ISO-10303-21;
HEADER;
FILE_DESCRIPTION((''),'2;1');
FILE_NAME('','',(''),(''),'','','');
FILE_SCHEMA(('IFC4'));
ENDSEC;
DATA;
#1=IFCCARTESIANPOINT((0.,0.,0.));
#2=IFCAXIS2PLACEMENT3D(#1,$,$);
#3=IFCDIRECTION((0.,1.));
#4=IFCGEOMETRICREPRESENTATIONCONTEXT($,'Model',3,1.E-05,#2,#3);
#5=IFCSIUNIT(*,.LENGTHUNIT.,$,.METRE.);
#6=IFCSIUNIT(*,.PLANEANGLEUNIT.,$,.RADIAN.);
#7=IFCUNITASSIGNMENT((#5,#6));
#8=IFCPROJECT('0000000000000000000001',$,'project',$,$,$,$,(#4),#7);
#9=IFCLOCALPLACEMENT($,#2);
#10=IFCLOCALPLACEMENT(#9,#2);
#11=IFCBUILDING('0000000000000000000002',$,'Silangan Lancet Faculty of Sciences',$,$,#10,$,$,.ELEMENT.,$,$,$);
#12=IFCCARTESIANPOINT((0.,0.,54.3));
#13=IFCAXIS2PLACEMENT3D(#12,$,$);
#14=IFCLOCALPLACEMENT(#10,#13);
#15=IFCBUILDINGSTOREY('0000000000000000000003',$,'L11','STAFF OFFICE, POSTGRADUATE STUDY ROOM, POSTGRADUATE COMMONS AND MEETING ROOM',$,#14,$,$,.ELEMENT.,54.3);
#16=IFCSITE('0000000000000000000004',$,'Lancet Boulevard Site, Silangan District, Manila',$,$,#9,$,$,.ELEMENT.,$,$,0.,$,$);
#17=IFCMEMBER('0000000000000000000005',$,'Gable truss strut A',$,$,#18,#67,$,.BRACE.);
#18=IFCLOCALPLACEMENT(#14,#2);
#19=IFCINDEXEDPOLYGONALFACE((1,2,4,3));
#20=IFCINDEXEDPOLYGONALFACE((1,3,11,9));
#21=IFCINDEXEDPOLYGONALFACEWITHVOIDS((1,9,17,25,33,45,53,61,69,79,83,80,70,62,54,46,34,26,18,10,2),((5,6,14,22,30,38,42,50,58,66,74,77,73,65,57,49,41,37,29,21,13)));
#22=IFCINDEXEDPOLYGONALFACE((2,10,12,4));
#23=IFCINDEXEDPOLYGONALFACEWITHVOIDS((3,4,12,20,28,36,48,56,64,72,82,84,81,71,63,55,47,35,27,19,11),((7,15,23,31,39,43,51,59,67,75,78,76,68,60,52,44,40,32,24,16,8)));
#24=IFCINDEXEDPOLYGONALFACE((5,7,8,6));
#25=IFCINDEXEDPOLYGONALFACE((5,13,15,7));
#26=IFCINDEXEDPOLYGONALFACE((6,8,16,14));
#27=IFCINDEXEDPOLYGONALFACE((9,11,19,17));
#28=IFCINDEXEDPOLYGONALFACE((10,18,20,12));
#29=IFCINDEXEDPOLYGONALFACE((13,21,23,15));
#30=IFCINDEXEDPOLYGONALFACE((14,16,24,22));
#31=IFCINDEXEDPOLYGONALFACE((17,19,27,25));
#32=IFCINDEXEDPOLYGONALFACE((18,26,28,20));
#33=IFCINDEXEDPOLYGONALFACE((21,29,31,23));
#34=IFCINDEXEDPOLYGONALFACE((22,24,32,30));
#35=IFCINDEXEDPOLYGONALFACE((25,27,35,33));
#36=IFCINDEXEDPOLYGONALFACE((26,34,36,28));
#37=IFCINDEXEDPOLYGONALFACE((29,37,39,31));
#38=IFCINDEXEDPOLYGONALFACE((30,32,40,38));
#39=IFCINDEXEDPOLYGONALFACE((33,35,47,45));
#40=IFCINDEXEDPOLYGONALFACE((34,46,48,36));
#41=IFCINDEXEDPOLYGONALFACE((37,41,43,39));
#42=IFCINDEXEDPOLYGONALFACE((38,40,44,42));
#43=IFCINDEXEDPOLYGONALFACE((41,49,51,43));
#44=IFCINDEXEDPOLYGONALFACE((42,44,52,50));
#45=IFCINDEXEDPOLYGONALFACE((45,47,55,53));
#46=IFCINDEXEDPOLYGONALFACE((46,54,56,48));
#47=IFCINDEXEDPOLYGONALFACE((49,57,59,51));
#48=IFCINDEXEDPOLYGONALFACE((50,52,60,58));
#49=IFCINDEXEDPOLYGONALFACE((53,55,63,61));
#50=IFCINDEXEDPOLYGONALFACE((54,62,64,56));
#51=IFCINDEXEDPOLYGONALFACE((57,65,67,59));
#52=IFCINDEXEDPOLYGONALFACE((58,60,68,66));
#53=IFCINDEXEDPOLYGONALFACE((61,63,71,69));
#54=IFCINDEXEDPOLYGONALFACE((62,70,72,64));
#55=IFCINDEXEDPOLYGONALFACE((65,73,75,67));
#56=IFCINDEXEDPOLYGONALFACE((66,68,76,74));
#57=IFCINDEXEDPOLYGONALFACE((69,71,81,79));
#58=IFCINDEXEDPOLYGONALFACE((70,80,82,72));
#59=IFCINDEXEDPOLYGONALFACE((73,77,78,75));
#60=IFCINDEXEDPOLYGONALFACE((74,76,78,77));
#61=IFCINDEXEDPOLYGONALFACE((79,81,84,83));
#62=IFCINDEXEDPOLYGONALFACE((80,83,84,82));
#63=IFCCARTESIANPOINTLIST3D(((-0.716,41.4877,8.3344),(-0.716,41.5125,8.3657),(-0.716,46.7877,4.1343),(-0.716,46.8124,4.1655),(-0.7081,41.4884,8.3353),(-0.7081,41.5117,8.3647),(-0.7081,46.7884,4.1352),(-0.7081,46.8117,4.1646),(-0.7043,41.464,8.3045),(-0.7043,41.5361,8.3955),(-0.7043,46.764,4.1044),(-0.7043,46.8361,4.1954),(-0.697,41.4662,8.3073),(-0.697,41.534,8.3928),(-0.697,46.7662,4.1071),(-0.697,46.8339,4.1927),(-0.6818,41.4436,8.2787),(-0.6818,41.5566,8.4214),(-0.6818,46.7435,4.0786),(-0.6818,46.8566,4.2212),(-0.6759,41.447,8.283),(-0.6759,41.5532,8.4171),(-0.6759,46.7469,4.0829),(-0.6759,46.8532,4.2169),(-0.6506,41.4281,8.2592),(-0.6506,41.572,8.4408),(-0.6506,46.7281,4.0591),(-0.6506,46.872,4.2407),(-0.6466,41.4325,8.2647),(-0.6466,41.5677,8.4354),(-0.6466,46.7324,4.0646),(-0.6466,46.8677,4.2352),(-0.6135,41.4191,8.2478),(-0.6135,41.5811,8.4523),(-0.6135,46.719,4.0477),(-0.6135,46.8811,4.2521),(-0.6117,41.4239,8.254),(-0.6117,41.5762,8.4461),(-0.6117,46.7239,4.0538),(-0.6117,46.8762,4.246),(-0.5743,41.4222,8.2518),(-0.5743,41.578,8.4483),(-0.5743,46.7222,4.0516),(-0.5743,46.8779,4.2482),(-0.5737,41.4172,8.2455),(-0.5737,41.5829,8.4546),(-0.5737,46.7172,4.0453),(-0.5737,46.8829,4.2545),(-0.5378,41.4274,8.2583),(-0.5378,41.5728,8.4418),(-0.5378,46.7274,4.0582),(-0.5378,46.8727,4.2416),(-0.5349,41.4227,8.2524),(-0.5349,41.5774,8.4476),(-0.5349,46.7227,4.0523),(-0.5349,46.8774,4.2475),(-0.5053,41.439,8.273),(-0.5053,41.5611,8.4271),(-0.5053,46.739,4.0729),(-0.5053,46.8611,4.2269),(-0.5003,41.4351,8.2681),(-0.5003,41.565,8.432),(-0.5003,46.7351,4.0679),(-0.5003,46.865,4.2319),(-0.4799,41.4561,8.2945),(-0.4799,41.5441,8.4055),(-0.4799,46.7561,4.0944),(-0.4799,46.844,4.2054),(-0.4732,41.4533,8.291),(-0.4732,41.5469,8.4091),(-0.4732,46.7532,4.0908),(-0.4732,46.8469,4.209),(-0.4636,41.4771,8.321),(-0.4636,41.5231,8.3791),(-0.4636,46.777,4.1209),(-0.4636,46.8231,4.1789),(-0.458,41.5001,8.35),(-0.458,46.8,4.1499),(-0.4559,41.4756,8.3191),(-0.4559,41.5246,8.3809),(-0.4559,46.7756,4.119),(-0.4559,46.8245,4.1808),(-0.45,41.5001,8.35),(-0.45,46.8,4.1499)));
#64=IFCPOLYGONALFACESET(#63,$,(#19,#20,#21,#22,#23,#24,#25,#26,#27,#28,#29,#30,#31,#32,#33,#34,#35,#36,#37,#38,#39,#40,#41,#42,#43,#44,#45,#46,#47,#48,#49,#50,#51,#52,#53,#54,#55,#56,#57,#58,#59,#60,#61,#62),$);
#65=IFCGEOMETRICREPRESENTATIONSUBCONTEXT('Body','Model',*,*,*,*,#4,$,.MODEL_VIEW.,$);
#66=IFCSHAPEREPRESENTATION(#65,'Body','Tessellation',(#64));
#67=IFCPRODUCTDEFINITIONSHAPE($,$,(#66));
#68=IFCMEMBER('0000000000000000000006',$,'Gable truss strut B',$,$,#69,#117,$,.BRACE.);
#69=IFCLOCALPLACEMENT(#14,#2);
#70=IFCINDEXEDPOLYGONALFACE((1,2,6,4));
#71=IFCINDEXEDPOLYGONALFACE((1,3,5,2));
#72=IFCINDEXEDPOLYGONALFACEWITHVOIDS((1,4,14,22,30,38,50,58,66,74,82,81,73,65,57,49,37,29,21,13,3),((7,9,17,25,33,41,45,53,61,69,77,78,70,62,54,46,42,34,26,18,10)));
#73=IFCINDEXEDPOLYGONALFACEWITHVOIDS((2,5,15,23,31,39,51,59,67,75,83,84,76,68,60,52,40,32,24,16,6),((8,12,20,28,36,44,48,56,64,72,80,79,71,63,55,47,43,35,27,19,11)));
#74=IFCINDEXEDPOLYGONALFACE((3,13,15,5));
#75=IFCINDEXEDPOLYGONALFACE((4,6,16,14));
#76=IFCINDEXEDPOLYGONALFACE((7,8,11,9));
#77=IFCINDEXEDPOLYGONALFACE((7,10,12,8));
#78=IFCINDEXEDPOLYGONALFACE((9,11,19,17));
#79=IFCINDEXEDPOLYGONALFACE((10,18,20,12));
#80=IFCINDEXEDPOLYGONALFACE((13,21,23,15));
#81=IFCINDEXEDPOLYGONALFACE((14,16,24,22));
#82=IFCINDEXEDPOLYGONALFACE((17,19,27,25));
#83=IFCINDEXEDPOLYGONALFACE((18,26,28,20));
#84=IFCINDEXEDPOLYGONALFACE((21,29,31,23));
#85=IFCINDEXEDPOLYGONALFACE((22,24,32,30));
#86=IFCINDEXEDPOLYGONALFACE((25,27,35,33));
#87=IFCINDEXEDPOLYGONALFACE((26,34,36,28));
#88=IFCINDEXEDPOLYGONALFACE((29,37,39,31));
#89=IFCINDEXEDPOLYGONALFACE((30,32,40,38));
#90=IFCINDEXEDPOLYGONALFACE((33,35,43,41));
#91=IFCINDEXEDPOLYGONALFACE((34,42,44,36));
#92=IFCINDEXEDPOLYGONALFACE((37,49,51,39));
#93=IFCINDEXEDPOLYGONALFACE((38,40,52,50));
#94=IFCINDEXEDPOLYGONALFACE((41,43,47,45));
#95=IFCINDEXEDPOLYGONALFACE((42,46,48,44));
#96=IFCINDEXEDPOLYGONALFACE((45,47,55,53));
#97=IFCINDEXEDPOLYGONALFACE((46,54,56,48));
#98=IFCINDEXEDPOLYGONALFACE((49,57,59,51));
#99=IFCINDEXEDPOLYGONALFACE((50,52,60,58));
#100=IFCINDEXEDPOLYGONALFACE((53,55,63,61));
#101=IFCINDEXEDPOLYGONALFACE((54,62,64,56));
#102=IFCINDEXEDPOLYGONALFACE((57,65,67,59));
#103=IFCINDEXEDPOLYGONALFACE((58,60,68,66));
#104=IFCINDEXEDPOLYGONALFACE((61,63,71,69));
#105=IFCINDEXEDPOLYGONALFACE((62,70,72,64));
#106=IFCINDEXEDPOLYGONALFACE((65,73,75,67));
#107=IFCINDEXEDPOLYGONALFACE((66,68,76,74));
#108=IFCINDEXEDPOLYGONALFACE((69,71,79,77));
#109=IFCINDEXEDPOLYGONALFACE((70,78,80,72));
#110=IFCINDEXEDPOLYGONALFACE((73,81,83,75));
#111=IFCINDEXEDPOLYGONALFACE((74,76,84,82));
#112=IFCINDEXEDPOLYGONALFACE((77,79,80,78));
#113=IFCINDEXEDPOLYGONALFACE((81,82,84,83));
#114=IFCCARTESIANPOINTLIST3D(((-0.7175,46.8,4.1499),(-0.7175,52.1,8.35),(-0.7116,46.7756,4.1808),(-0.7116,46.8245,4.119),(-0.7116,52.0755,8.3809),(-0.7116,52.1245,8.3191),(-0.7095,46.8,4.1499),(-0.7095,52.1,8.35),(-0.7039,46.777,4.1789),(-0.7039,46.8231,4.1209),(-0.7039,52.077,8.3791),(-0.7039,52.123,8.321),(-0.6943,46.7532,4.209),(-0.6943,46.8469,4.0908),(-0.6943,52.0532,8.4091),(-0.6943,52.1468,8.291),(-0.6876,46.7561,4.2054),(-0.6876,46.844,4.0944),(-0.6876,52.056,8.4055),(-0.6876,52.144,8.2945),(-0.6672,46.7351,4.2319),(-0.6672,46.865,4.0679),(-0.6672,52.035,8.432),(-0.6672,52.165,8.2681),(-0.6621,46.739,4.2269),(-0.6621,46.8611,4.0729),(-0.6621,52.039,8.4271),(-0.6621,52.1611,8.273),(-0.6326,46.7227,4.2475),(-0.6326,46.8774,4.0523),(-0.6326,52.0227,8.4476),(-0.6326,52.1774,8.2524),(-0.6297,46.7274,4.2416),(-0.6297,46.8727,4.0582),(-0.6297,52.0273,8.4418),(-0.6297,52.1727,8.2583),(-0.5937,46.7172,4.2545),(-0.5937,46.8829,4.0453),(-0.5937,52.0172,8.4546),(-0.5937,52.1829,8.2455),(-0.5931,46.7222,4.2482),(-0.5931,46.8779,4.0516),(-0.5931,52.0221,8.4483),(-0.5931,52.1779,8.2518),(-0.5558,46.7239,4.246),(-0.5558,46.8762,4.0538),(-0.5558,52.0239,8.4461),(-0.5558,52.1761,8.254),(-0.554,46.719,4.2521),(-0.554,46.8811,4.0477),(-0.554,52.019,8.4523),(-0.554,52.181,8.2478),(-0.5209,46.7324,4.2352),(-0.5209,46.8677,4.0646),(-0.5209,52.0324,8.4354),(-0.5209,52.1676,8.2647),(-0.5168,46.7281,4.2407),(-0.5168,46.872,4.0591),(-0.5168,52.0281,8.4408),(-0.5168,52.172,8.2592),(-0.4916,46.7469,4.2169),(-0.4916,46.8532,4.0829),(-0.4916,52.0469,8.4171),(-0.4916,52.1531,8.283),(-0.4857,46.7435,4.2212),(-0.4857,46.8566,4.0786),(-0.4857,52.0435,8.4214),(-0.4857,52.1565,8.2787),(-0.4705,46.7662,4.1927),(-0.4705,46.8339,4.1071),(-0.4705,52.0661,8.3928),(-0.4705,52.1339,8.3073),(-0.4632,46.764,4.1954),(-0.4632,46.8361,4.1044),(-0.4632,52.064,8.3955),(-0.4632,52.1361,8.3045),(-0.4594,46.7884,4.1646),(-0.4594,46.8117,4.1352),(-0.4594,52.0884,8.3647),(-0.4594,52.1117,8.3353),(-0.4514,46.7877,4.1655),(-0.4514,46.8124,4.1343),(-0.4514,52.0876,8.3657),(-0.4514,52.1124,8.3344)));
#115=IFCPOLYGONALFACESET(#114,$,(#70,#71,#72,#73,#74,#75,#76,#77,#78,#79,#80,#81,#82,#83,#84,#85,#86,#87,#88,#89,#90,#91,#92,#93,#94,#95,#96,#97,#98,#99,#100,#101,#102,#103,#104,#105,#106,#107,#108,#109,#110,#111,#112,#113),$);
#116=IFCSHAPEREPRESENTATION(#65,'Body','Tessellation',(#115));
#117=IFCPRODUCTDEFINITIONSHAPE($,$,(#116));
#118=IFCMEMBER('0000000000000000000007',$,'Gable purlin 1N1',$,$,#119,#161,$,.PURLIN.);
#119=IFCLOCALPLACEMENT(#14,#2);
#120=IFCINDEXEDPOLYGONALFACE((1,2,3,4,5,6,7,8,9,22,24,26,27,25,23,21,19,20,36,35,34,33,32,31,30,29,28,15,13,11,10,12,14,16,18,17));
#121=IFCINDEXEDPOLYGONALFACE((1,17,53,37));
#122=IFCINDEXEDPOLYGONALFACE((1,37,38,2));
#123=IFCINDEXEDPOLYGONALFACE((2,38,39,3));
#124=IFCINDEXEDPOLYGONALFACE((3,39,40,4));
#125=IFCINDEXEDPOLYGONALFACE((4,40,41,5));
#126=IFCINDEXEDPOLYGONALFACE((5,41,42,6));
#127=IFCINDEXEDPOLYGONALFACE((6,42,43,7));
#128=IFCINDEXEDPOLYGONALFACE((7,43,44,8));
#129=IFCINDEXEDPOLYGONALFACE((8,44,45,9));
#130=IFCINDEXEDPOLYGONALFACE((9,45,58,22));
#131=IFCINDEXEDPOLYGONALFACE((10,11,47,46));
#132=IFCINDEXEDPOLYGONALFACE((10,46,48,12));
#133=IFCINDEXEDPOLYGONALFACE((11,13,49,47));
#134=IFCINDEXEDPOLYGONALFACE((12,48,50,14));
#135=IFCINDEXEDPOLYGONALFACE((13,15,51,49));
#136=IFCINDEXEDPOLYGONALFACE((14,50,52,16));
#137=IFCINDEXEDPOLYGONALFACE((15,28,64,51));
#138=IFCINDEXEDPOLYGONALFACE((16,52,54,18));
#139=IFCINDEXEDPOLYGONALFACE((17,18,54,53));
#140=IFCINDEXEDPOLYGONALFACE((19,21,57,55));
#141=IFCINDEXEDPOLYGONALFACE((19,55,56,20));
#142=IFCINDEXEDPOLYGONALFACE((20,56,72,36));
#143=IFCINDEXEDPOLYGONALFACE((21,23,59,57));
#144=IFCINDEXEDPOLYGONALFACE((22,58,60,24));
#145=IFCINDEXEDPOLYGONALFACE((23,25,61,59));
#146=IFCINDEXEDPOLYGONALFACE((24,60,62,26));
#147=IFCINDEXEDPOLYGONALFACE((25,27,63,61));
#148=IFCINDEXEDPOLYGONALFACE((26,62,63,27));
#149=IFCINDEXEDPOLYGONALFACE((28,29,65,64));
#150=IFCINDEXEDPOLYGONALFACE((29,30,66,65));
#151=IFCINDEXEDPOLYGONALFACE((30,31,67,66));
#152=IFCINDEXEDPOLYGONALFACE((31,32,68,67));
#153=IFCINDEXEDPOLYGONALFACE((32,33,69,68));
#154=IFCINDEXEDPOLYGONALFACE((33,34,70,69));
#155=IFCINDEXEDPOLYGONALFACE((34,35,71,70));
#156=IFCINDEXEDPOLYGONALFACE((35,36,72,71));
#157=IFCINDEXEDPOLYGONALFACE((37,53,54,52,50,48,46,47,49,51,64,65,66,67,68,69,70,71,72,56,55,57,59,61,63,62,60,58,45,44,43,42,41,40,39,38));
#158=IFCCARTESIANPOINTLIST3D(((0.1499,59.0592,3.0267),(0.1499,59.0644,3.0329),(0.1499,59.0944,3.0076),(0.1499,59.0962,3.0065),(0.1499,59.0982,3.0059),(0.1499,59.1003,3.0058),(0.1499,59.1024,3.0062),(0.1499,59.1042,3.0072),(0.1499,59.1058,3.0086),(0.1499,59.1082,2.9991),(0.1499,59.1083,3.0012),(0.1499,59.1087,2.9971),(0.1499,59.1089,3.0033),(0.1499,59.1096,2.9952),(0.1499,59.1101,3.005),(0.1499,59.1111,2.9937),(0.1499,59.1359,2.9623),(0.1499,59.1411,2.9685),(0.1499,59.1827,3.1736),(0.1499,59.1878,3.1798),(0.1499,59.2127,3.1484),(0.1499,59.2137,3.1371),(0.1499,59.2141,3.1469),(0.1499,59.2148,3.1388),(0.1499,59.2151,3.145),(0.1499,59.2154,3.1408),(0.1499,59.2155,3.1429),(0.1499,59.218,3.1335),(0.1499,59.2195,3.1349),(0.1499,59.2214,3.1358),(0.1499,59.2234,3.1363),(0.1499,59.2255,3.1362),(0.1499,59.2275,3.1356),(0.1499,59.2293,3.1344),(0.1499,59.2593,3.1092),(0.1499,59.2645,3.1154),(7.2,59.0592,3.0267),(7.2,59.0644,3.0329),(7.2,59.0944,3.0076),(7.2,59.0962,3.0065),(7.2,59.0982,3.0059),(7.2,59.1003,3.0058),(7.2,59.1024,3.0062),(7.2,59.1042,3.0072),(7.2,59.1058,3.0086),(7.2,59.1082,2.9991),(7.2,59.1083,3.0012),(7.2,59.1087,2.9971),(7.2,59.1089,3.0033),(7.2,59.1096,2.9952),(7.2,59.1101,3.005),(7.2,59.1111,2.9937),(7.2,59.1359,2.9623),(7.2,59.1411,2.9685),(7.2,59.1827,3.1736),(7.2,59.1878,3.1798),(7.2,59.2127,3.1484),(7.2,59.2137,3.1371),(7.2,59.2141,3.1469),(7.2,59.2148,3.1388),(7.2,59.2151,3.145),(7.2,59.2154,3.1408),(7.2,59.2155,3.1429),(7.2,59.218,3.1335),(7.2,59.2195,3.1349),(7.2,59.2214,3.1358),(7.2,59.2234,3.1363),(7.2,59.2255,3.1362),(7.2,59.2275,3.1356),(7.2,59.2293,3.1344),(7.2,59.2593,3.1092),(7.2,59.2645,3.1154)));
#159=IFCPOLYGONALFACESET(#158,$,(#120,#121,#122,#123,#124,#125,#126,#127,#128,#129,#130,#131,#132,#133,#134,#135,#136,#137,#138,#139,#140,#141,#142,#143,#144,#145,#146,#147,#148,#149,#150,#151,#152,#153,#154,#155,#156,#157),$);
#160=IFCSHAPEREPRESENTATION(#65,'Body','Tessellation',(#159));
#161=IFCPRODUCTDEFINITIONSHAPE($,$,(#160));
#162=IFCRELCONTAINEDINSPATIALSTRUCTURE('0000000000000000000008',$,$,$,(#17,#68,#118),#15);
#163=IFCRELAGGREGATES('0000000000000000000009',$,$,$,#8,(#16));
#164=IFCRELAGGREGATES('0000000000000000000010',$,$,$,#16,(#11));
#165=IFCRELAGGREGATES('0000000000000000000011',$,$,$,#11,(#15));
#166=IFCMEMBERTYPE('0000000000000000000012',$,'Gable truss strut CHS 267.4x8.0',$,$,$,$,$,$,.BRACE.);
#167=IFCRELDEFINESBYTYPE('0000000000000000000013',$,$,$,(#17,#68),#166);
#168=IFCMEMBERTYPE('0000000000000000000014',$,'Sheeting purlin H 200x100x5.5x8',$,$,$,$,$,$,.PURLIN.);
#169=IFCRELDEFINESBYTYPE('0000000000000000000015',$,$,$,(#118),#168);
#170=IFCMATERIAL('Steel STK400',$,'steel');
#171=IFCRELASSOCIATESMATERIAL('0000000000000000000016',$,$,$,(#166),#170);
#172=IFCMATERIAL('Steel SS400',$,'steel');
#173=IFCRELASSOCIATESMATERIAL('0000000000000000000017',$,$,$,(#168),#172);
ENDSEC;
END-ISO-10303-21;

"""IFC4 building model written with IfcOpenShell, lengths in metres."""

from ifc_helpers import new_model, si_unit, direction, frame, origin, origin_2d, place, context, subcontext, project, spatial, hollow_circle, i_section, extrude, material, material_profile, profile_set, type_object, element, save


model = new_model("IFC4")

# Units and contexts
model_context = context("Model", 3, precision=1e-05, world=origin(), true_north=direction((0.0, 1.0)))
body_context = subcontext(model_context, "Body", "Model", "MODEL_VIEW")
ifc_project = project(units=[si_unit("LENGTHUNIT", "METRE"), si_unit("PLANEANGLEUNIT", "RADIAN")], contexts=[model_context])

# Site, building, storey
site_placement = place(None, origin())
site = spatial("IfcSite", under=ifc_project, at=site_placement, Name="Lancet Boulevard Site, Silangan District, Manila", CompositionType="ELEMENT", RefElevation=0.0)
building_placement = place(site_placement, origin())
building = spatial("IfcBuilding", under=site, at=building_placement, Name="Silangan Lancet Faculty of Sciences", CompositionType="ELEMENT")
storey_placement = place(building_placement, frame((0.0, 0.0, 54.3)))
storey = spatial("IfcBuildingStorey", under=building, at=storey_placement, Name="L11", Description="STAFF OFFICE, POSTGRADUATE STUDY ROOM, POSTGRADUATE COMMONS AND MEETING ROOM", CompositionType="ELEMENT", Elevation=54.3)

# Members
ifc_material_1 = material(Name="Steel STK400", Category="steel")
ifc_material_profile_1 = material_profile(ifc_material_1, hollow_circle(Radius=0.1338, WallThickness=0.0081, at=origin_2d()), Name="CHS 267.4x8.0")
ifc_profile_set_1 = profile_set([ifc_material_profile_1], Name="Steel STK400")
member_type_1 = type_object("IfcMemberType", Name="Gable truss strut CHS 267.4x8.0", PredefinedType="BRACE", material=ifc_profile_set_1)
for number, where, z_axis, x_axis, name in (
    (1, (-0.5837, 46.8, 4.1499), (0.0, -0.783735, 0.621096), (1.0, 0.0, 0.0), "Gable truss strut A"),
    (2, (-0.5837, 46.8, 4.1499), (0.0, 0.783735, 0.621096), (-1.0, 0.0, 0.0), "Gable truss strut B"),
):
    element("IfcMember", number, at=place(storey_placement, frame(where, z_axis=z_axis, x_axis=x_axis)), inside=storey, type_object=member_type_1, Name=name, PredefinedType="BRACE", context=body_context, shape_type="SweptSolid", body=[
        extrude(hollow_circle(Radius=0.1338, WallThickness=0.0081, at=origin_2d()), origin(), (0.0, 0.0, 1.0), 6.7625),
    ])
ifc_material_2 = material(Name="Steel SS400", Category="steel")
ifc_material_profile_2 = material_profile(ifc_material_2, i_section(OverallWidth=0.1001, OverallDepth=0.2, WebThickness=0.0056, FlangeThickness=0.0081, FilletRadius=0.0081, at=origin_2d()), Name="H 200x100x5.5x8")
ifc_profile_set_2 = profile_set([ifc_material_profile_2], Name="Steel SS400")
member_type_2 = type_object("IfcMemberType", Name="Sheeting purlin H 200x100x5.5x8", PredefinedType="PURLIN", material=ifc_profile_set_2)
member_1_placement = place(storey_placement, frame((0.1499, 59.1619, 3.071), z_axis=(1.0, 0.0, 0.0), x_axis=(0.0, 0.765705, -0.643192)))
element("IfcMember", 3, at=member_1_placement, inside=storey, type_object=member_type_2, Name="Gable purlin 1N1", PredefinedType="PURLIN", context=body_context, shape_type="SweptSolid", body=[
    extrude(i_section(OverallWidth=0.1001, OverallDepth=0.2, WebThickness=0.0056, FlangeThickness=0.0081, FilletRadius=0.0081, at=origin_2d()), origin(), (0.0, 0.0, 1.0), 7.05),
])

save(model, "model.ifc")
